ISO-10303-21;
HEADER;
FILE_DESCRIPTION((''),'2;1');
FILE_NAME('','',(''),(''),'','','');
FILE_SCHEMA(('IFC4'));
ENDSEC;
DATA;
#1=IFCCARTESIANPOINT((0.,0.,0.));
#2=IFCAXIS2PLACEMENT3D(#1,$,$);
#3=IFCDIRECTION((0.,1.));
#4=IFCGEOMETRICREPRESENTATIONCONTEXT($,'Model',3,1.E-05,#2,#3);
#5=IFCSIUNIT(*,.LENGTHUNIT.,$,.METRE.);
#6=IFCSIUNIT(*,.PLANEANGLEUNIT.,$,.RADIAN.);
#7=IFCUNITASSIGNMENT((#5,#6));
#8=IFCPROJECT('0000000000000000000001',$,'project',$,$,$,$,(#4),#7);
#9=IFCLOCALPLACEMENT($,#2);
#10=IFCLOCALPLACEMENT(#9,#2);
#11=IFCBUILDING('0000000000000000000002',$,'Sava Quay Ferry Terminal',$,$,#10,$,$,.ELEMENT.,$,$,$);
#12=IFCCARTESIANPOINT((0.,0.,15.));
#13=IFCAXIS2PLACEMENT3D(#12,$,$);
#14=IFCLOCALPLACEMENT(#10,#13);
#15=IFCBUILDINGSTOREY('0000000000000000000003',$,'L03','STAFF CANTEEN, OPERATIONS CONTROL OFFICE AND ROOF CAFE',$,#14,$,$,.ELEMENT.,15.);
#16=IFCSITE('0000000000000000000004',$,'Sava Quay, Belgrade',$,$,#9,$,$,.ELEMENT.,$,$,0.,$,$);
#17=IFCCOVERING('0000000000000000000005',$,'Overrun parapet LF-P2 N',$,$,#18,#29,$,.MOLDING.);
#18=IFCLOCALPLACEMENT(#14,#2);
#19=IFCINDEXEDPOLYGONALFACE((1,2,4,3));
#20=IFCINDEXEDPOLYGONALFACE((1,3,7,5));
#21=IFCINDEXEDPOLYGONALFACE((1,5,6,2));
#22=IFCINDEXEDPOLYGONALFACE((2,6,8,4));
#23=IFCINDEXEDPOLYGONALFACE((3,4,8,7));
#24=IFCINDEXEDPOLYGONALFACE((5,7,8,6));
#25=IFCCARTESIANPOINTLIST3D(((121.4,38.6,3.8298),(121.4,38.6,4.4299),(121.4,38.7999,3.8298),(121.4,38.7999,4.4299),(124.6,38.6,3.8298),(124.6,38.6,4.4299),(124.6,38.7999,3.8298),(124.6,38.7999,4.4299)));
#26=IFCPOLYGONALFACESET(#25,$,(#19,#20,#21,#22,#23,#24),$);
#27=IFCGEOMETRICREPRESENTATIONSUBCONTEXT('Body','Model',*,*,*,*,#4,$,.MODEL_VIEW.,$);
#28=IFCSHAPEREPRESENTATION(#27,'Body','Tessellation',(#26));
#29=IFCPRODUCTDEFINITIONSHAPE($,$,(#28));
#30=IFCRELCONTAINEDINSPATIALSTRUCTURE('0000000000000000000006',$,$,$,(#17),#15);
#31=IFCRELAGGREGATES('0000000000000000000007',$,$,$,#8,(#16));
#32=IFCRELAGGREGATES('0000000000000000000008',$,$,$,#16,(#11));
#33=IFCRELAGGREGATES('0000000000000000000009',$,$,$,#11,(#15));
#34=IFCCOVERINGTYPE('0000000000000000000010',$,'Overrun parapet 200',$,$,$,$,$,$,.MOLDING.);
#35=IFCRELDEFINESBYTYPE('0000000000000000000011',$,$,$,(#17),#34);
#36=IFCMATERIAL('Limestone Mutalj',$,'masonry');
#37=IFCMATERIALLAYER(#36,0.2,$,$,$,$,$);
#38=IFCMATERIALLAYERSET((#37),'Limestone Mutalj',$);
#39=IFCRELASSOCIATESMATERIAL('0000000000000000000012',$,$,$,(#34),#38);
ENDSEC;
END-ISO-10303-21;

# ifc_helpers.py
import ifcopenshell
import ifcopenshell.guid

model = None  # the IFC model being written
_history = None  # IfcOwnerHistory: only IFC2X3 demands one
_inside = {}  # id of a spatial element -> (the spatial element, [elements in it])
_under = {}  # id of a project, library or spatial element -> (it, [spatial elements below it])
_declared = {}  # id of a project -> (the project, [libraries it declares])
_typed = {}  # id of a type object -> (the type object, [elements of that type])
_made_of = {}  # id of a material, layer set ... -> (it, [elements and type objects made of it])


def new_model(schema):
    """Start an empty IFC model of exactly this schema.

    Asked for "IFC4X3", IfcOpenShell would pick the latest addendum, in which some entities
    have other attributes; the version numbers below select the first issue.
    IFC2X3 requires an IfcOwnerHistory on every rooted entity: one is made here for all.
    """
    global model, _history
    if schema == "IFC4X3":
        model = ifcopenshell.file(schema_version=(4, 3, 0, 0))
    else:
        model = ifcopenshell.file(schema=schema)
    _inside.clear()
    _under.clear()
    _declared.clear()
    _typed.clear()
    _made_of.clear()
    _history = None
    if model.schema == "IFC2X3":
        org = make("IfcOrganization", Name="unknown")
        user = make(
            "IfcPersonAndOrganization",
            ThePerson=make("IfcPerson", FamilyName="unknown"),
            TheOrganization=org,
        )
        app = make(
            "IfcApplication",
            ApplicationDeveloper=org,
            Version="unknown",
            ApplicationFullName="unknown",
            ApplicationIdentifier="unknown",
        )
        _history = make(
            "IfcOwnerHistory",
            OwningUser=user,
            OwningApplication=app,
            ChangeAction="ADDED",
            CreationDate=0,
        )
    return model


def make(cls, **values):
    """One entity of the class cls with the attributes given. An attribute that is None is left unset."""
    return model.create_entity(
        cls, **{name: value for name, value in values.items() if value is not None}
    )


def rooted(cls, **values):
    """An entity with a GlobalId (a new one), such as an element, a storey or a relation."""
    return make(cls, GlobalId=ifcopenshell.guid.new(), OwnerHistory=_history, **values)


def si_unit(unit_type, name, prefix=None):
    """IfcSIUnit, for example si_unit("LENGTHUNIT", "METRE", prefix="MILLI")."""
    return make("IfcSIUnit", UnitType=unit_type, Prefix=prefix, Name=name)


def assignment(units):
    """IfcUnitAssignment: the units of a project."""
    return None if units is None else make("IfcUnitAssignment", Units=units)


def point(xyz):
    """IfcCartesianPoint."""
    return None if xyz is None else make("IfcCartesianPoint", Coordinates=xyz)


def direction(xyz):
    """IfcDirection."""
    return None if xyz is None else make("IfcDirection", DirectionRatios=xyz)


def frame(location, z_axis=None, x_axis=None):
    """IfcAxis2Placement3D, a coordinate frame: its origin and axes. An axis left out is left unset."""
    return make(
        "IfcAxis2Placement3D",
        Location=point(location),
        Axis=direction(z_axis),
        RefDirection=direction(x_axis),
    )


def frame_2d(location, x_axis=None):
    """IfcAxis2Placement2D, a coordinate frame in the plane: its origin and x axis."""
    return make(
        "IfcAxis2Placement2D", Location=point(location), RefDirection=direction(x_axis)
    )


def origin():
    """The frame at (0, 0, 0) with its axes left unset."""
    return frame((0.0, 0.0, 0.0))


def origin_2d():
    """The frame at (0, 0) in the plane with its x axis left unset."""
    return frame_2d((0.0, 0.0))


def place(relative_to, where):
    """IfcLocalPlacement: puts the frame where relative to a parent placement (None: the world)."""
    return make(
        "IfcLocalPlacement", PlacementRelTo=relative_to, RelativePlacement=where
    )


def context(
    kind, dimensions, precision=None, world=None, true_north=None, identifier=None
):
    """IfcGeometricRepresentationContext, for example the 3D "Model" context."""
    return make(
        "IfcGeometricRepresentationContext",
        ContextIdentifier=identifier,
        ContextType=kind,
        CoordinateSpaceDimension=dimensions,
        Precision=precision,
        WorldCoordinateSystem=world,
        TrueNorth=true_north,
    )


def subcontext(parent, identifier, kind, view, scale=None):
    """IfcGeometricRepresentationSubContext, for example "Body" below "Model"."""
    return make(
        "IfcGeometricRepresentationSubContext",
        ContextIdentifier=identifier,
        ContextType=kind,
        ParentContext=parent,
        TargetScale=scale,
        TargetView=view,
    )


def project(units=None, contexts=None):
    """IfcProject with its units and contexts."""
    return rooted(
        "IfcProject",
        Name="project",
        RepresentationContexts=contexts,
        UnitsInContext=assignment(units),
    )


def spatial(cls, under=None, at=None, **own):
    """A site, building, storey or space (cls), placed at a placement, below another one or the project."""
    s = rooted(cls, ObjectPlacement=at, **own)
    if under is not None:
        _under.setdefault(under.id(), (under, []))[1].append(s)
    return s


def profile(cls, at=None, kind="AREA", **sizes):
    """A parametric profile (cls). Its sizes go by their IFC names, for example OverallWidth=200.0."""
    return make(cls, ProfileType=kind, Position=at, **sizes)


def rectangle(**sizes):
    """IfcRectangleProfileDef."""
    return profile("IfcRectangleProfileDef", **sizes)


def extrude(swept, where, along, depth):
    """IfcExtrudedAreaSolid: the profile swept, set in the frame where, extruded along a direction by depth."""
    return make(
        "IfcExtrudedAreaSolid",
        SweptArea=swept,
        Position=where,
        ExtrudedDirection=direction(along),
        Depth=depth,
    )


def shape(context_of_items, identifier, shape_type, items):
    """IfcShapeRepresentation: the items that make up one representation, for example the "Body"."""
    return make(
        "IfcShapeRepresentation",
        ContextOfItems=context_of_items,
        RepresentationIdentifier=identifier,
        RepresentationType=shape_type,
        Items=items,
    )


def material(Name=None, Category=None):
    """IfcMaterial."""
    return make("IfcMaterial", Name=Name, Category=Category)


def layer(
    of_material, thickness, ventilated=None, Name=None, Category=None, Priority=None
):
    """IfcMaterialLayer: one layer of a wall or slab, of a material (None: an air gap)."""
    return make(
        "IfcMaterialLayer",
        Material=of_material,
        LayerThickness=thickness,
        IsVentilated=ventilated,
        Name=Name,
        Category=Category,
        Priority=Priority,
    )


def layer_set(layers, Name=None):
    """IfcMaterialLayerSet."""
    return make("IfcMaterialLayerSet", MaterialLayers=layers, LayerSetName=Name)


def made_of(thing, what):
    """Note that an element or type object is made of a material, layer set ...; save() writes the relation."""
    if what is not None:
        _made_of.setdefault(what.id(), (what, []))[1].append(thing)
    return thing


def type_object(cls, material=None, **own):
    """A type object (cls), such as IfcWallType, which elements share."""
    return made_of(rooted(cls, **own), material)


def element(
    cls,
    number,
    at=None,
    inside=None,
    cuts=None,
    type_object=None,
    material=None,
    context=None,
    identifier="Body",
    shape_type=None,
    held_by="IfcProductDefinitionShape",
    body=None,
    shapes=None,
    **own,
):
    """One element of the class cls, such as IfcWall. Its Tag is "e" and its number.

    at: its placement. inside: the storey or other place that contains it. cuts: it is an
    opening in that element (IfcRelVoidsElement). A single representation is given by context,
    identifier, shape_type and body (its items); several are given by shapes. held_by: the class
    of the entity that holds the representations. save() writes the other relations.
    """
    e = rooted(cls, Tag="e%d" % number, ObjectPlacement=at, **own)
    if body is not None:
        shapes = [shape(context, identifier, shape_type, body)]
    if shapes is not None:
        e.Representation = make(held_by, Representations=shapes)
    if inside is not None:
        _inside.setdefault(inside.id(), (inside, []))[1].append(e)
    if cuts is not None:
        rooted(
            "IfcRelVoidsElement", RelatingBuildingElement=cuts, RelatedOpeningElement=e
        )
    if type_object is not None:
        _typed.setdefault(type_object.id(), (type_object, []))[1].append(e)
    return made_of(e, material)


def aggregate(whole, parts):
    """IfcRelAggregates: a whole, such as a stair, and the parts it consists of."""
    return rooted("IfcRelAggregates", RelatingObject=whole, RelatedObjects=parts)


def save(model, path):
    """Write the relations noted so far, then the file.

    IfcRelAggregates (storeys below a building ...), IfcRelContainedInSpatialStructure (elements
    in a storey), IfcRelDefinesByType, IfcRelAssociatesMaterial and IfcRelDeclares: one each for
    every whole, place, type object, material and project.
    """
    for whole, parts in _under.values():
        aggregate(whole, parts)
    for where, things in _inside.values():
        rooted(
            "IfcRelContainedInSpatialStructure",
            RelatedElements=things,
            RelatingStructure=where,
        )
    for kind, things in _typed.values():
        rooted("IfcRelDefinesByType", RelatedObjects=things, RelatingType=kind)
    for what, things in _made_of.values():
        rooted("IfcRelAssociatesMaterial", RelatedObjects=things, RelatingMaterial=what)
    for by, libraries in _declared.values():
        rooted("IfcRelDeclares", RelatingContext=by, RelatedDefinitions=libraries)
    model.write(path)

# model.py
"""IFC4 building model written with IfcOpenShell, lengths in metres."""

from ifc_helpers import new_model, si_unit, direction, frame, origin, origin_2d, place, context, subcontext, project, spatial, rectangle, extrude, material, layer, layer_set, type_object, element, save


model = new_model("IFC4")

# Units and contexts
model_context = context("Model", 3, precision=1e-05, world=origin(), true_north=direction((0.0, 1.0)))
body_context = subcontext(model_context, "Body", "Model", "MODEL_VIEW")
ifc_project = project(units=[si_unit("LENGTHUNIT", "METRE"), si_unit("PLANEANGLEUNIT", "RADIAN")], contexts=[model_context])

# Site, building, storey
site_placement = place(None, origin())
site = spatial("IfcSite", under=ifc_project, at=site_placement, Name="Sava Quay, Belgrade", CompositionType="ELEMENT", RefElevation=0.0)
building_placement = place(site_placement, origin())
building = spatial("IfcBuilding", under=site, at=building_placement, Name="Sava Quay Ferry Terminal", CompositionType="ELEMENT")
storey_placement = place(building_placement, frame((0.0, 0.0, 15.0)))
storey = spatial("IfcBuildingStorey", under=building, at=storey_placement, Name="L03", Description="STAFF CANTEEN, OPERATIONS CONTROL OFFICE AND ROOF CAFE", CompositionType="ELEMENT", Elevation=15.0)

# Covering
ifc_material_1 = material(Name="Limestone Mutalj", Category="masonry")
ifc_layer_1 = layer(ifc_material_1, 0.2)
ifc_layer_set_1 = layer_set([ifc_layer_1], Name="Limestone Mutalj")
covering_type_1 = type_object("IfcCoveringType", Name="Overrun parapet 200", PredefinedType="MOLDING", material=ifc_layer_set_1)
covering_1_placement = place(storey_placement, frame((123.0, 38.7, 3.8298), z_axis=(0.0, 0.0, 1.0), x_axis=(1.0, 0.0, 0.0)))
element("IfcCovering", 1, at=covering_1_placement, inside=storey, type_object=covering_type_1, Name="Overrun parapet LF-P2 N", PredefinedType="MOLDING", context=body_context, shape_type="SweptSolid", body=[
    extrude(rectangle(XDim=3.2, YDim=0.2, at=origin_2d()), origin(), (0.0, 0.0, 1.0), 0.6001),
])

save(model, "model.ifc")
